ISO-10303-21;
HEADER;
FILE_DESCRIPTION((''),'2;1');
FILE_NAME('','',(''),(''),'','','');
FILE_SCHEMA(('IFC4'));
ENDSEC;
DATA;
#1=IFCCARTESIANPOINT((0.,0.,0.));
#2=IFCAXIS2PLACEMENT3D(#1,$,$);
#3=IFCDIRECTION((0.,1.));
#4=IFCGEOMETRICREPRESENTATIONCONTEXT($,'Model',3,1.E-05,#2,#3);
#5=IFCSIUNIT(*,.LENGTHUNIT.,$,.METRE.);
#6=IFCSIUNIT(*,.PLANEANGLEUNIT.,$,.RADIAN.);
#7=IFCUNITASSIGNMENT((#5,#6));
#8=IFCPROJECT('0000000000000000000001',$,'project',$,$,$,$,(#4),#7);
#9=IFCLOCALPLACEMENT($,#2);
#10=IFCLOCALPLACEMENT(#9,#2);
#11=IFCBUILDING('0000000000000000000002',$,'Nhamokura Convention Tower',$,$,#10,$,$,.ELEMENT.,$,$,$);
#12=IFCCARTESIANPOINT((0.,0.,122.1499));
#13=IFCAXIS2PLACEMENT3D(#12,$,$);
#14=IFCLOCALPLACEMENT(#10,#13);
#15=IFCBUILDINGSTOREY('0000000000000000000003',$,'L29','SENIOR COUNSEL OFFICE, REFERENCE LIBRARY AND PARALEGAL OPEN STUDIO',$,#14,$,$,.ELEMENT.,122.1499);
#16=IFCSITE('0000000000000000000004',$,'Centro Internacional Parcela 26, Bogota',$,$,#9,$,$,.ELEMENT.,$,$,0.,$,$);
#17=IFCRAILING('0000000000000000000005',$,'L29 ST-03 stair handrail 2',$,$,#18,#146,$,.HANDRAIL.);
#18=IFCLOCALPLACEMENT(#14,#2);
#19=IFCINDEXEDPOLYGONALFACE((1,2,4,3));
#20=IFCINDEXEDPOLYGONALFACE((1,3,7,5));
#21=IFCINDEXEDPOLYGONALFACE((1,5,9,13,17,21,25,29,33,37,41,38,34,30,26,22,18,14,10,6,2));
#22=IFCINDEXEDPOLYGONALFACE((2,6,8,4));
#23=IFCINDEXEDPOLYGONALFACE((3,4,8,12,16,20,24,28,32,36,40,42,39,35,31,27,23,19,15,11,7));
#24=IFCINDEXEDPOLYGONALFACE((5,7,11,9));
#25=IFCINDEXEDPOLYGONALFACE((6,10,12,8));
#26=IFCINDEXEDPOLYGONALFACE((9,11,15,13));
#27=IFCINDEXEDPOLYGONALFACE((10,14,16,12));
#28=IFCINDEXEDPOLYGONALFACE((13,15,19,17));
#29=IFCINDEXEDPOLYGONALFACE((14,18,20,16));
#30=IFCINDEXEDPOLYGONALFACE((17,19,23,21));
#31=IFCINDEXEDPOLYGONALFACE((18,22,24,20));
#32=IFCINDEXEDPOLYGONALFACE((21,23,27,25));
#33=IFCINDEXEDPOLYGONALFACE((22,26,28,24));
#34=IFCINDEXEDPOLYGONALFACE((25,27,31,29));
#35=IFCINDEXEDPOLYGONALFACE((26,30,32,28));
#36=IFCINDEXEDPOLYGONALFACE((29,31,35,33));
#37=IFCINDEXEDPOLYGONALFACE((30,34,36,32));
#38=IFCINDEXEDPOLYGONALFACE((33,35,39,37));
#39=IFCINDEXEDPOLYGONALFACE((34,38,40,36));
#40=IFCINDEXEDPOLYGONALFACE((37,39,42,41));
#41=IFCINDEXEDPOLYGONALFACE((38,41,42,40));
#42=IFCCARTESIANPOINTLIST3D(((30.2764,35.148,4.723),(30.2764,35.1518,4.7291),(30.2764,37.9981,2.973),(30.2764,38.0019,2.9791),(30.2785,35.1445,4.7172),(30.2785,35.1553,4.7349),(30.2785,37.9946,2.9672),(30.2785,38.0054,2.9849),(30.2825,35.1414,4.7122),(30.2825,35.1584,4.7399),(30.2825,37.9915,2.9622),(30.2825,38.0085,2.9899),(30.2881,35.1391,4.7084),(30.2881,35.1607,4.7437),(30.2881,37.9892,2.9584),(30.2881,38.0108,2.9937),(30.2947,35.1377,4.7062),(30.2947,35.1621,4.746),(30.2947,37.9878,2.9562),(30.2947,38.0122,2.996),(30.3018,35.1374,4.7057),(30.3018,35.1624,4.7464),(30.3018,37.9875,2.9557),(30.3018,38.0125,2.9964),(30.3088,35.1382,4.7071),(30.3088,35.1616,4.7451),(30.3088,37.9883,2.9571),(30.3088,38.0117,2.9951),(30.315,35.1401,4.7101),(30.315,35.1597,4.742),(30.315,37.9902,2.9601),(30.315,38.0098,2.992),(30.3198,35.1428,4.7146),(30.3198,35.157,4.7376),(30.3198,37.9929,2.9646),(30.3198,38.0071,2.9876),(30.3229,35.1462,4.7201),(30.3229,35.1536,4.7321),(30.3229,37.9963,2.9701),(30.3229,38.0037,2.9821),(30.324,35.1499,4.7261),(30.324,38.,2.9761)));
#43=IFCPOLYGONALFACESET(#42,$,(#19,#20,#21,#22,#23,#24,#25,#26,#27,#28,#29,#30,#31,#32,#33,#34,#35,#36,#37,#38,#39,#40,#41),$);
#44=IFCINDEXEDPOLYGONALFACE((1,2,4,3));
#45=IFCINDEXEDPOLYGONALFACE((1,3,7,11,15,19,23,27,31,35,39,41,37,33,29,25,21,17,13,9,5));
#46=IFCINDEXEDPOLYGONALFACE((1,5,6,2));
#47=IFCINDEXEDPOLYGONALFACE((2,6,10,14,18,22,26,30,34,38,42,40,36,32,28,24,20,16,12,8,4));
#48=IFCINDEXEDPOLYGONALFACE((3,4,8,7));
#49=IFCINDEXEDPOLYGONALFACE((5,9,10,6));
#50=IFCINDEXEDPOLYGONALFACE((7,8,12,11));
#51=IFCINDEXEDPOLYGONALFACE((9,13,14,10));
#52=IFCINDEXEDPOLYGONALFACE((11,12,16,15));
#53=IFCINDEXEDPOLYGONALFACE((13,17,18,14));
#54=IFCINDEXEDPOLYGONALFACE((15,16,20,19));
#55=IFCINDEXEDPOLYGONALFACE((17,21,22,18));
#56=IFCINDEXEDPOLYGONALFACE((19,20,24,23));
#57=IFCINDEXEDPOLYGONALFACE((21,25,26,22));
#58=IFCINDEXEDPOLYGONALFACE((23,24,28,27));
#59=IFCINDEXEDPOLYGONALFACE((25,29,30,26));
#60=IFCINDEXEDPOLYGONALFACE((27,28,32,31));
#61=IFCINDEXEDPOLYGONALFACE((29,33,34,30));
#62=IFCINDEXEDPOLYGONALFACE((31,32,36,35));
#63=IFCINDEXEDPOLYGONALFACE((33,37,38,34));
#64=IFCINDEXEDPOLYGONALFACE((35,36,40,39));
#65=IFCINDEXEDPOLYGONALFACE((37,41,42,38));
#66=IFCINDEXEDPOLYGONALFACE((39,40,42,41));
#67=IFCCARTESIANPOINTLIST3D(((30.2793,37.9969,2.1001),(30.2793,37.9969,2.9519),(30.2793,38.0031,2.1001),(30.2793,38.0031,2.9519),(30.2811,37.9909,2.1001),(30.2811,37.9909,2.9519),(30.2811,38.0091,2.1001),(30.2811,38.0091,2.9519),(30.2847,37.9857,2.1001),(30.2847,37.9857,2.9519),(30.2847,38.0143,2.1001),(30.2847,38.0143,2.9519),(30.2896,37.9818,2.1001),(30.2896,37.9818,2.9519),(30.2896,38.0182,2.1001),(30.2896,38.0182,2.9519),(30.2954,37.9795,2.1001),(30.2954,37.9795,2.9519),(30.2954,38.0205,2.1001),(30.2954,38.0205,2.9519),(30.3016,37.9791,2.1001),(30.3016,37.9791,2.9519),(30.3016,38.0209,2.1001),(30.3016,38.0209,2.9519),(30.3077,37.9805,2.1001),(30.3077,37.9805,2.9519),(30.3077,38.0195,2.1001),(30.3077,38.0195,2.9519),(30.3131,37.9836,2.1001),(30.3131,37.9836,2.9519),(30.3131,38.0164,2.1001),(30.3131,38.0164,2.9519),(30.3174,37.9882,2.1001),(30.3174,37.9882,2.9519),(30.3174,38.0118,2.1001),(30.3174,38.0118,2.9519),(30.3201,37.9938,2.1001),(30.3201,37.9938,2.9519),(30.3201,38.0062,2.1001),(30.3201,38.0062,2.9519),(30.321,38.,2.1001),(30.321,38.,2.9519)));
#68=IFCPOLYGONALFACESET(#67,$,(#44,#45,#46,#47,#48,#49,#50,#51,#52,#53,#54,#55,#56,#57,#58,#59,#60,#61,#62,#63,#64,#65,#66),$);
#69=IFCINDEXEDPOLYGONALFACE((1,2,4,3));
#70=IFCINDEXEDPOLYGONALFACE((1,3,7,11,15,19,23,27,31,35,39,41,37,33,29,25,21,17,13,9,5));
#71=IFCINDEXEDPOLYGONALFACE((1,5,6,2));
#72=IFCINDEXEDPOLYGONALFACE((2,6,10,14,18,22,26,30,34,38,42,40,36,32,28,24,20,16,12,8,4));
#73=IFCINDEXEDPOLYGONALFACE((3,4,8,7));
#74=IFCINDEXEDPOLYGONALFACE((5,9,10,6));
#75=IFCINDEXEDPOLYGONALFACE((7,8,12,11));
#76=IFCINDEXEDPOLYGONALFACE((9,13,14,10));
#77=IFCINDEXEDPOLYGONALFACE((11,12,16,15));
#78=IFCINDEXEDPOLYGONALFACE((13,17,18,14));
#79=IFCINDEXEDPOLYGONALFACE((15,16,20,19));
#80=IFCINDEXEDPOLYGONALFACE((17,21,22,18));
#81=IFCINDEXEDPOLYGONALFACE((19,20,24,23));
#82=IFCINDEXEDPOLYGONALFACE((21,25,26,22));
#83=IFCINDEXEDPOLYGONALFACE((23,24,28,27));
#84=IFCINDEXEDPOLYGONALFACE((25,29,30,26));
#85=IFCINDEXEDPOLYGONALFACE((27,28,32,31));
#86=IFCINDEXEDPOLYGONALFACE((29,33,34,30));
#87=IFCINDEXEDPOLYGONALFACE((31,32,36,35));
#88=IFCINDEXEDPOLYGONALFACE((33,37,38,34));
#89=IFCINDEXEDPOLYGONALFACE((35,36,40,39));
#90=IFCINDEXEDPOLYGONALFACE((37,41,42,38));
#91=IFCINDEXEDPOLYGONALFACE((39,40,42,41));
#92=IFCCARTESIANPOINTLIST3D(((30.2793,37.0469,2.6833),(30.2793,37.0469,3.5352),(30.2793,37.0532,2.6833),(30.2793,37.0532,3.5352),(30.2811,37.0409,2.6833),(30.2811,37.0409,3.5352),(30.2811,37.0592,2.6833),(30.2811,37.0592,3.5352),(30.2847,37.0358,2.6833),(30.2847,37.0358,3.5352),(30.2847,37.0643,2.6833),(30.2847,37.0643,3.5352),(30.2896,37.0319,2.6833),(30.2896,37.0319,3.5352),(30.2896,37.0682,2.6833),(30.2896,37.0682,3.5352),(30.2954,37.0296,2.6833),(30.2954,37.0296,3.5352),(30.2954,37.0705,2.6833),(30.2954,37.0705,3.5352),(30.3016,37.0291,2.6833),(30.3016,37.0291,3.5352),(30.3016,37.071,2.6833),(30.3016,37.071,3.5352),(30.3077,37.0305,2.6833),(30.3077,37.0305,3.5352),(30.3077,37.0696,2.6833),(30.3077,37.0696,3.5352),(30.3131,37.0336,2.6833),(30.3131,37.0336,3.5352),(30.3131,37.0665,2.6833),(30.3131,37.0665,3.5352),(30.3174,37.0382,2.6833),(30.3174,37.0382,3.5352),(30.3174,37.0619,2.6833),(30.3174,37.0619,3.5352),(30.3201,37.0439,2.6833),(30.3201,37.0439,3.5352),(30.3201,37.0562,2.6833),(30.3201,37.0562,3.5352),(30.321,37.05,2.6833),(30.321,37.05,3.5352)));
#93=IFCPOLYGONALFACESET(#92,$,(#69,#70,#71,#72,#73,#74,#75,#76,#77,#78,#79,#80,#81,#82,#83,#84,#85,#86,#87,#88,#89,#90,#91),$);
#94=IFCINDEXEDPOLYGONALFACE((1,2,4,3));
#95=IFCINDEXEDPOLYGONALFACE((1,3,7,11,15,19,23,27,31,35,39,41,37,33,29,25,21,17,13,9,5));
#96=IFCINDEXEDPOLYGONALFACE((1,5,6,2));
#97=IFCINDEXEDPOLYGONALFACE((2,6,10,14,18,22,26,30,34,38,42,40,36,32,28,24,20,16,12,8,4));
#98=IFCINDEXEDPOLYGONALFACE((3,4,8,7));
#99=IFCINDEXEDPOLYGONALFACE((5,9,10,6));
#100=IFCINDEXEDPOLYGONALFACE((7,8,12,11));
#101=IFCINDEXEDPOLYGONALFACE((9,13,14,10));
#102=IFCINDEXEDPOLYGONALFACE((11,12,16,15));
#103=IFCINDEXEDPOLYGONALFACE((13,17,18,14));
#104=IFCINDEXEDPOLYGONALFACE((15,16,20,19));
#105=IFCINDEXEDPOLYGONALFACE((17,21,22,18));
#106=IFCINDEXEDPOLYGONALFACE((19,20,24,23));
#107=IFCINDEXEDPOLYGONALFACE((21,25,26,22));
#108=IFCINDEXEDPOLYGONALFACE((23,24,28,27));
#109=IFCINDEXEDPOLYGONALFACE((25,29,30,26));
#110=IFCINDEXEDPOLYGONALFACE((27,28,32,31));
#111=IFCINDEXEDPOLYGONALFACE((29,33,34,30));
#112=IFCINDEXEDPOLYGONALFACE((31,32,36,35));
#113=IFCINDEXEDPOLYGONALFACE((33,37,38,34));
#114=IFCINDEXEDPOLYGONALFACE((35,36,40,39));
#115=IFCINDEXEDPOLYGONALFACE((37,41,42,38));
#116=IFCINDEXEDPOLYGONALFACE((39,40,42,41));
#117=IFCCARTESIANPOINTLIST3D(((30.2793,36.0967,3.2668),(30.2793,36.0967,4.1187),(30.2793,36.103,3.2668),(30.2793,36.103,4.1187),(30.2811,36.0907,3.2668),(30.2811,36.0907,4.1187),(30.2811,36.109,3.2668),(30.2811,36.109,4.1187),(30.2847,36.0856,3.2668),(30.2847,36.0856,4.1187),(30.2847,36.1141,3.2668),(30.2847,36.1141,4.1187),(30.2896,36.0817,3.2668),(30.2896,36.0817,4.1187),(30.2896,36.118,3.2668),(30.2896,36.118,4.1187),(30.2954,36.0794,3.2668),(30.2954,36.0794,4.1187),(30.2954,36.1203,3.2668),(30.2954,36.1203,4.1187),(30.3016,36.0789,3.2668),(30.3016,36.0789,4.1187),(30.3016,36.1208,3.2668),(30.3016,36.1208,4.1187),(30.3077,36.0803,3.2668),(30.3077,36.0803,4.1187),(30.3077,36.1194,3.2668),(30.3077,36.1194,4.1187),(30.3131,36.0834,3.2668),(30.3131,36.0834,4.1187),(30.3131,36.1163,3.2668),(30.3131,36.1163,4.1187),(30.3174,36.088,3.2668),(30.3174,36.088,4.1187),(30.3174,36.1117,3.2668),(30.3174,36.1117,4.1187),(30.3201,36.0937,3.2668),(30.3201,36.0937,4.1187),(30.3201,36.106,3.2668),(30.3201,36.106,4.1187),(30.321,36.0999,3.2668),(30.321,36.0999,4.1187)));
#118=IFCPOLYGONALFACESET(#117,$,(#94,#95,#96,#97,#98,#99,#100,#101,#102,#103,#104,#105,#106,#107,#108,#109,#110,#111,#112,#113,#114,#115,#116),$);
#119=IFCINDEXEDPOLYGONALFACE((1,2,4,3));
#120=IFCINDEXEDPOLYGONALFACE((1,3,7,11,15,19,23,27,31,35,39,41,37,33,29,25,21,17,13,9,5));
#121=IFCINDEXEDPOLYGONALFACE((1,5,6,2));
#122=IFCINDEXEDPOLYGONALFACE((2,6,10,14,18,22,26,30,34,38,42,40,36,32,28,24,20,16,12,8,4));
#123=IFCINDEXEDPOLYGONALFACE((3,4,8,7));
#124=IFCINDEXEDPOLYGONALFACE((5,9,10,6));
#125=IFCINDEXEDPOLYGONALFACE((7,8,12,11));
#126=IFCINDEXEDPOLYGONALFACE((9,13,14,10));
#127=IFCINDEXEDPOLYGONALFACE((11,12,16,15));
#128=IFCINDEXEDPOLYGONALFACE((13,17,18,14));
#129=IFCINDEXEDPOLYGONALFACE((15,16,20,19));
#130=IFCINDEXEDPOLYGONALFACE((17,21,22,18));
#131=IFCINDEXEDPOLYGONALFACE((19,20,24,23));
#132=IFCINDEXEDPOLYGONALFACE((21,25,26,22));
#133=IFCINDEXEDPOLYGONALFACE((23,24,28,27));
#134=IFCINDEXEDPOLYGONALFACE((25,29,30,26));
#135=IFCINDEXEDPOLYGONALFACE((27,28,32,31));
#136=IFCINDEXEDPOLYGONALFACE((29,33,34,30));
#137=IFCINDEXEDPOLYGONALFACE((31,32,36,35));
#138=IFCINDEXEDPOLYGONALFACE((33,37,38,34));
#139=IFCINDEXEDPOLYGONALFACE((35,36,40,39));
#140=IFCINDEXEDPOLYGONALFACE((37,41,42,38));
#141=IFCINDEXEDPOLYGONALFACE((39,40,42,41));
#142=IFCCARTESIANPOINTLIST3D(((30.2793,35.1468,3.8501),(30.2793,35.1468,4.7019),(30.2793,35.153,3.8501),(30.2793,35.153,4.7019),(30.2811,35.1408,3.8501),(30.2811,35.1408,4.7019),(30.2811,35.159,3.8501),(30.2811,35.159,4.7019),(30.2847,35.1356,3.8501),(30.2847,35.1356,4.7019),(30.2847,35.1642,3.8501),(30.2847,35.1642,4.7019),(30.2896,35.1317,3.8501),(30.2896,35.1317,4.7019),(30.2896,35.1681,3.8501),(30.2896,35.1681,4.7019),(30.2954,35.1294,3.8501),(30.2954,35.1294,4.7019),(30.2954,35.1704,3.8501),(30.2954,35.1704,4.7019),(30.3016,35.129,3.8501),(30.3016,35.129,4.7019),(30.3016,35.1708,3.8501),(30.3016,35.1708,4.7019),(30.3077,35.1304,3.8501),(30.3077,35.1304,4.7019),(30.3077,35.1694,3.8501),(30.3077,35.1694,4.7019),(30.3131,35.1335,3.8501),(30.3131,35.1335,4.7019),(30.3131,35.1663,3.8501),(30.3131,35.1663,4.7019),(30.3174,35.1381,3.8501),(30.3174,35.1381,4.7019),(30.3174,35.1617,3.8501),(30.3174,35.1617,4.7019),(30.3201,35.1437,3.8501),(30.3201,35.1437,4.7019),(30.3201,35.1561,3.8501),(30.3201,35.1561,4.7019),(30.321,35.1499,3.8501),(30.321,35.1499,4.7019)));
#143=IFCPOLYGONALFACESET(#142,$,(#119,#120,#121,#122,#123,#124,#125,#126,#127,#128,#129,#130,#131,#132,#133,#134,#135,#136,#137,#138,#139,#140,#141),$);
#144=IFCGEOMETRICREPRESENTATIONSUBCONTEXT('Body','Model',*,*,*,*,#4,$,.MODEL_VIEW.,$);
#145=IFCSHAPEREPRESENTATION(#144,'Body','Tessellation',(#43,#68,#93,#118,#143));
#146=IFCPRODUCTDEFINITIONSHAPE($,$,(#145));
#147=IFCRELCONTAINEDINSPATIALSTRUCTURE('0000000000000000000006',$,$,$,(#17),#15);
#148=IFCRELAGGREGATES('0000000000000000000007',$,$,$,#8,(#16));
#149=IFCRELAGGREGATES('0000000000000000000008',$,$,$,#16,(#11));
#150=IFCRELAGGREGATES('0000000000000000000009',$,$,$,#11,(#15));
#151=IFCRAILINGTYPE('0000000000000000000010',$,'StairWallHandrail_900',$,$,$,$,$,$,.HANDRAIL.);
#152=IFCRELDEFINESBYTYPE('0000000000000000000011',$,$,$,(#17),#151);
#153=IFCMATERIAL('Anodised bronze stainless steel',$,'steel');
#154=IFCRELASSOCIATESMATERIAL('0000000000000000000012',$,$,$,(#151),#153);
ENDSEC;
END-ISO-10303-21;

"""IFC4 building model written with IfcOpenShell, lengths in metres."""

from ifc_helpers import new_model, si_unit, direction, frame, origin, origin_2d, place, context, subcontext, project, spatial, circle, extrude, material, type_object, element, save


model = new_model("IFC4")

# Units and contexts
model_context = context("Model", 3, precision=1e-05, world=origin(), true_north=direction((0.0, 1.0)))
body_context = subcontext(model_context, "Body", "Model", "MODEL_VIEW")
ifc_project = project(units=[si_unit("LENGTHUNIT", "METRE"), si_unit("PLANEANGLEUNIT", "RADIAN")], contexts=[model_context])

# Site, building, storey
site_placement = place(None, origin())
site = spatial("IfcSite", under=ifc_project, at=site_placement, Name="Centro Internacional Parcela 26, Bogota", CompositionType="ELEMENT", RefElevation=0.0)
building_placement = place(site_placement, origin())
building = spatial("IfcBuilding", under=site, at=building_placement, Name="Nhamokura Convention Tower", CompositionType="ELEMENT")
storey_placement = place(building_placement, frame((0.0, 0.0, 122.1499)))
storey = spatial("IfcBuildingStorey", under=building, at=storey_placement, Name="L29", Description="SENIOR COUNSEL OFFICE, REFERENCE LIBRARY AND PARALEGAL OPEN STUDIO", CompositionType="ELEMENT", Elevation=122.1499)

# Railing
ifc_material_1 = material(Name="Anodised bronze stainless steel", Category="steel")
railing_type_1 = type_object("IfcRailingType", Name="StairWallHandrail_900", PredefinedType="HANDRAIL", material=ifc_material_1)
railing_1_placement = place(storey_placement, frame((30.3, 38.0, 2.1001)))
element("IfcRailing", 1, at=railing_1_placement, inside=storey, type_object=railing_type_1, Name="L29 ST-03 stair handrail 2", PredefinedType="HANDRAIL", context=body_context, shape_type="SweptSolid", body=[
    extrude(circle(Radius=0.0239, at=origin_2d()), frame((0.0, 0.0, 0.876), z_axis=(0.0, -0.852179, 0.52325), x_axis=(1.0, 0.0, 0.0)), (0.0, 0.0, 1.0), 3.3445),
    extrude(circle(Radius=0.021, at=origin_2d()), origin(), (0.0, 0.0, 1.0), 0.8518),
    extrude(circle(Radius=0.021, at=origin_2d()), frame((0.0, -0.95, 0.5833)), (0.0, 0.0, 1.0), 0.8518),
    extrude(circle(Radius=0.021, at=origin_2d()), frame((0.0, -1.9001, 1.1667)), (0.0, 0.0, 1.0), 0.8518),
    extrude(circle(Radius=0.021, at=origin_2d()), frame((0.0, -2.8501, 1.75)), (0.0, 0.0, 1.0), 0.8518),
])

save(model, "model.ifc")
